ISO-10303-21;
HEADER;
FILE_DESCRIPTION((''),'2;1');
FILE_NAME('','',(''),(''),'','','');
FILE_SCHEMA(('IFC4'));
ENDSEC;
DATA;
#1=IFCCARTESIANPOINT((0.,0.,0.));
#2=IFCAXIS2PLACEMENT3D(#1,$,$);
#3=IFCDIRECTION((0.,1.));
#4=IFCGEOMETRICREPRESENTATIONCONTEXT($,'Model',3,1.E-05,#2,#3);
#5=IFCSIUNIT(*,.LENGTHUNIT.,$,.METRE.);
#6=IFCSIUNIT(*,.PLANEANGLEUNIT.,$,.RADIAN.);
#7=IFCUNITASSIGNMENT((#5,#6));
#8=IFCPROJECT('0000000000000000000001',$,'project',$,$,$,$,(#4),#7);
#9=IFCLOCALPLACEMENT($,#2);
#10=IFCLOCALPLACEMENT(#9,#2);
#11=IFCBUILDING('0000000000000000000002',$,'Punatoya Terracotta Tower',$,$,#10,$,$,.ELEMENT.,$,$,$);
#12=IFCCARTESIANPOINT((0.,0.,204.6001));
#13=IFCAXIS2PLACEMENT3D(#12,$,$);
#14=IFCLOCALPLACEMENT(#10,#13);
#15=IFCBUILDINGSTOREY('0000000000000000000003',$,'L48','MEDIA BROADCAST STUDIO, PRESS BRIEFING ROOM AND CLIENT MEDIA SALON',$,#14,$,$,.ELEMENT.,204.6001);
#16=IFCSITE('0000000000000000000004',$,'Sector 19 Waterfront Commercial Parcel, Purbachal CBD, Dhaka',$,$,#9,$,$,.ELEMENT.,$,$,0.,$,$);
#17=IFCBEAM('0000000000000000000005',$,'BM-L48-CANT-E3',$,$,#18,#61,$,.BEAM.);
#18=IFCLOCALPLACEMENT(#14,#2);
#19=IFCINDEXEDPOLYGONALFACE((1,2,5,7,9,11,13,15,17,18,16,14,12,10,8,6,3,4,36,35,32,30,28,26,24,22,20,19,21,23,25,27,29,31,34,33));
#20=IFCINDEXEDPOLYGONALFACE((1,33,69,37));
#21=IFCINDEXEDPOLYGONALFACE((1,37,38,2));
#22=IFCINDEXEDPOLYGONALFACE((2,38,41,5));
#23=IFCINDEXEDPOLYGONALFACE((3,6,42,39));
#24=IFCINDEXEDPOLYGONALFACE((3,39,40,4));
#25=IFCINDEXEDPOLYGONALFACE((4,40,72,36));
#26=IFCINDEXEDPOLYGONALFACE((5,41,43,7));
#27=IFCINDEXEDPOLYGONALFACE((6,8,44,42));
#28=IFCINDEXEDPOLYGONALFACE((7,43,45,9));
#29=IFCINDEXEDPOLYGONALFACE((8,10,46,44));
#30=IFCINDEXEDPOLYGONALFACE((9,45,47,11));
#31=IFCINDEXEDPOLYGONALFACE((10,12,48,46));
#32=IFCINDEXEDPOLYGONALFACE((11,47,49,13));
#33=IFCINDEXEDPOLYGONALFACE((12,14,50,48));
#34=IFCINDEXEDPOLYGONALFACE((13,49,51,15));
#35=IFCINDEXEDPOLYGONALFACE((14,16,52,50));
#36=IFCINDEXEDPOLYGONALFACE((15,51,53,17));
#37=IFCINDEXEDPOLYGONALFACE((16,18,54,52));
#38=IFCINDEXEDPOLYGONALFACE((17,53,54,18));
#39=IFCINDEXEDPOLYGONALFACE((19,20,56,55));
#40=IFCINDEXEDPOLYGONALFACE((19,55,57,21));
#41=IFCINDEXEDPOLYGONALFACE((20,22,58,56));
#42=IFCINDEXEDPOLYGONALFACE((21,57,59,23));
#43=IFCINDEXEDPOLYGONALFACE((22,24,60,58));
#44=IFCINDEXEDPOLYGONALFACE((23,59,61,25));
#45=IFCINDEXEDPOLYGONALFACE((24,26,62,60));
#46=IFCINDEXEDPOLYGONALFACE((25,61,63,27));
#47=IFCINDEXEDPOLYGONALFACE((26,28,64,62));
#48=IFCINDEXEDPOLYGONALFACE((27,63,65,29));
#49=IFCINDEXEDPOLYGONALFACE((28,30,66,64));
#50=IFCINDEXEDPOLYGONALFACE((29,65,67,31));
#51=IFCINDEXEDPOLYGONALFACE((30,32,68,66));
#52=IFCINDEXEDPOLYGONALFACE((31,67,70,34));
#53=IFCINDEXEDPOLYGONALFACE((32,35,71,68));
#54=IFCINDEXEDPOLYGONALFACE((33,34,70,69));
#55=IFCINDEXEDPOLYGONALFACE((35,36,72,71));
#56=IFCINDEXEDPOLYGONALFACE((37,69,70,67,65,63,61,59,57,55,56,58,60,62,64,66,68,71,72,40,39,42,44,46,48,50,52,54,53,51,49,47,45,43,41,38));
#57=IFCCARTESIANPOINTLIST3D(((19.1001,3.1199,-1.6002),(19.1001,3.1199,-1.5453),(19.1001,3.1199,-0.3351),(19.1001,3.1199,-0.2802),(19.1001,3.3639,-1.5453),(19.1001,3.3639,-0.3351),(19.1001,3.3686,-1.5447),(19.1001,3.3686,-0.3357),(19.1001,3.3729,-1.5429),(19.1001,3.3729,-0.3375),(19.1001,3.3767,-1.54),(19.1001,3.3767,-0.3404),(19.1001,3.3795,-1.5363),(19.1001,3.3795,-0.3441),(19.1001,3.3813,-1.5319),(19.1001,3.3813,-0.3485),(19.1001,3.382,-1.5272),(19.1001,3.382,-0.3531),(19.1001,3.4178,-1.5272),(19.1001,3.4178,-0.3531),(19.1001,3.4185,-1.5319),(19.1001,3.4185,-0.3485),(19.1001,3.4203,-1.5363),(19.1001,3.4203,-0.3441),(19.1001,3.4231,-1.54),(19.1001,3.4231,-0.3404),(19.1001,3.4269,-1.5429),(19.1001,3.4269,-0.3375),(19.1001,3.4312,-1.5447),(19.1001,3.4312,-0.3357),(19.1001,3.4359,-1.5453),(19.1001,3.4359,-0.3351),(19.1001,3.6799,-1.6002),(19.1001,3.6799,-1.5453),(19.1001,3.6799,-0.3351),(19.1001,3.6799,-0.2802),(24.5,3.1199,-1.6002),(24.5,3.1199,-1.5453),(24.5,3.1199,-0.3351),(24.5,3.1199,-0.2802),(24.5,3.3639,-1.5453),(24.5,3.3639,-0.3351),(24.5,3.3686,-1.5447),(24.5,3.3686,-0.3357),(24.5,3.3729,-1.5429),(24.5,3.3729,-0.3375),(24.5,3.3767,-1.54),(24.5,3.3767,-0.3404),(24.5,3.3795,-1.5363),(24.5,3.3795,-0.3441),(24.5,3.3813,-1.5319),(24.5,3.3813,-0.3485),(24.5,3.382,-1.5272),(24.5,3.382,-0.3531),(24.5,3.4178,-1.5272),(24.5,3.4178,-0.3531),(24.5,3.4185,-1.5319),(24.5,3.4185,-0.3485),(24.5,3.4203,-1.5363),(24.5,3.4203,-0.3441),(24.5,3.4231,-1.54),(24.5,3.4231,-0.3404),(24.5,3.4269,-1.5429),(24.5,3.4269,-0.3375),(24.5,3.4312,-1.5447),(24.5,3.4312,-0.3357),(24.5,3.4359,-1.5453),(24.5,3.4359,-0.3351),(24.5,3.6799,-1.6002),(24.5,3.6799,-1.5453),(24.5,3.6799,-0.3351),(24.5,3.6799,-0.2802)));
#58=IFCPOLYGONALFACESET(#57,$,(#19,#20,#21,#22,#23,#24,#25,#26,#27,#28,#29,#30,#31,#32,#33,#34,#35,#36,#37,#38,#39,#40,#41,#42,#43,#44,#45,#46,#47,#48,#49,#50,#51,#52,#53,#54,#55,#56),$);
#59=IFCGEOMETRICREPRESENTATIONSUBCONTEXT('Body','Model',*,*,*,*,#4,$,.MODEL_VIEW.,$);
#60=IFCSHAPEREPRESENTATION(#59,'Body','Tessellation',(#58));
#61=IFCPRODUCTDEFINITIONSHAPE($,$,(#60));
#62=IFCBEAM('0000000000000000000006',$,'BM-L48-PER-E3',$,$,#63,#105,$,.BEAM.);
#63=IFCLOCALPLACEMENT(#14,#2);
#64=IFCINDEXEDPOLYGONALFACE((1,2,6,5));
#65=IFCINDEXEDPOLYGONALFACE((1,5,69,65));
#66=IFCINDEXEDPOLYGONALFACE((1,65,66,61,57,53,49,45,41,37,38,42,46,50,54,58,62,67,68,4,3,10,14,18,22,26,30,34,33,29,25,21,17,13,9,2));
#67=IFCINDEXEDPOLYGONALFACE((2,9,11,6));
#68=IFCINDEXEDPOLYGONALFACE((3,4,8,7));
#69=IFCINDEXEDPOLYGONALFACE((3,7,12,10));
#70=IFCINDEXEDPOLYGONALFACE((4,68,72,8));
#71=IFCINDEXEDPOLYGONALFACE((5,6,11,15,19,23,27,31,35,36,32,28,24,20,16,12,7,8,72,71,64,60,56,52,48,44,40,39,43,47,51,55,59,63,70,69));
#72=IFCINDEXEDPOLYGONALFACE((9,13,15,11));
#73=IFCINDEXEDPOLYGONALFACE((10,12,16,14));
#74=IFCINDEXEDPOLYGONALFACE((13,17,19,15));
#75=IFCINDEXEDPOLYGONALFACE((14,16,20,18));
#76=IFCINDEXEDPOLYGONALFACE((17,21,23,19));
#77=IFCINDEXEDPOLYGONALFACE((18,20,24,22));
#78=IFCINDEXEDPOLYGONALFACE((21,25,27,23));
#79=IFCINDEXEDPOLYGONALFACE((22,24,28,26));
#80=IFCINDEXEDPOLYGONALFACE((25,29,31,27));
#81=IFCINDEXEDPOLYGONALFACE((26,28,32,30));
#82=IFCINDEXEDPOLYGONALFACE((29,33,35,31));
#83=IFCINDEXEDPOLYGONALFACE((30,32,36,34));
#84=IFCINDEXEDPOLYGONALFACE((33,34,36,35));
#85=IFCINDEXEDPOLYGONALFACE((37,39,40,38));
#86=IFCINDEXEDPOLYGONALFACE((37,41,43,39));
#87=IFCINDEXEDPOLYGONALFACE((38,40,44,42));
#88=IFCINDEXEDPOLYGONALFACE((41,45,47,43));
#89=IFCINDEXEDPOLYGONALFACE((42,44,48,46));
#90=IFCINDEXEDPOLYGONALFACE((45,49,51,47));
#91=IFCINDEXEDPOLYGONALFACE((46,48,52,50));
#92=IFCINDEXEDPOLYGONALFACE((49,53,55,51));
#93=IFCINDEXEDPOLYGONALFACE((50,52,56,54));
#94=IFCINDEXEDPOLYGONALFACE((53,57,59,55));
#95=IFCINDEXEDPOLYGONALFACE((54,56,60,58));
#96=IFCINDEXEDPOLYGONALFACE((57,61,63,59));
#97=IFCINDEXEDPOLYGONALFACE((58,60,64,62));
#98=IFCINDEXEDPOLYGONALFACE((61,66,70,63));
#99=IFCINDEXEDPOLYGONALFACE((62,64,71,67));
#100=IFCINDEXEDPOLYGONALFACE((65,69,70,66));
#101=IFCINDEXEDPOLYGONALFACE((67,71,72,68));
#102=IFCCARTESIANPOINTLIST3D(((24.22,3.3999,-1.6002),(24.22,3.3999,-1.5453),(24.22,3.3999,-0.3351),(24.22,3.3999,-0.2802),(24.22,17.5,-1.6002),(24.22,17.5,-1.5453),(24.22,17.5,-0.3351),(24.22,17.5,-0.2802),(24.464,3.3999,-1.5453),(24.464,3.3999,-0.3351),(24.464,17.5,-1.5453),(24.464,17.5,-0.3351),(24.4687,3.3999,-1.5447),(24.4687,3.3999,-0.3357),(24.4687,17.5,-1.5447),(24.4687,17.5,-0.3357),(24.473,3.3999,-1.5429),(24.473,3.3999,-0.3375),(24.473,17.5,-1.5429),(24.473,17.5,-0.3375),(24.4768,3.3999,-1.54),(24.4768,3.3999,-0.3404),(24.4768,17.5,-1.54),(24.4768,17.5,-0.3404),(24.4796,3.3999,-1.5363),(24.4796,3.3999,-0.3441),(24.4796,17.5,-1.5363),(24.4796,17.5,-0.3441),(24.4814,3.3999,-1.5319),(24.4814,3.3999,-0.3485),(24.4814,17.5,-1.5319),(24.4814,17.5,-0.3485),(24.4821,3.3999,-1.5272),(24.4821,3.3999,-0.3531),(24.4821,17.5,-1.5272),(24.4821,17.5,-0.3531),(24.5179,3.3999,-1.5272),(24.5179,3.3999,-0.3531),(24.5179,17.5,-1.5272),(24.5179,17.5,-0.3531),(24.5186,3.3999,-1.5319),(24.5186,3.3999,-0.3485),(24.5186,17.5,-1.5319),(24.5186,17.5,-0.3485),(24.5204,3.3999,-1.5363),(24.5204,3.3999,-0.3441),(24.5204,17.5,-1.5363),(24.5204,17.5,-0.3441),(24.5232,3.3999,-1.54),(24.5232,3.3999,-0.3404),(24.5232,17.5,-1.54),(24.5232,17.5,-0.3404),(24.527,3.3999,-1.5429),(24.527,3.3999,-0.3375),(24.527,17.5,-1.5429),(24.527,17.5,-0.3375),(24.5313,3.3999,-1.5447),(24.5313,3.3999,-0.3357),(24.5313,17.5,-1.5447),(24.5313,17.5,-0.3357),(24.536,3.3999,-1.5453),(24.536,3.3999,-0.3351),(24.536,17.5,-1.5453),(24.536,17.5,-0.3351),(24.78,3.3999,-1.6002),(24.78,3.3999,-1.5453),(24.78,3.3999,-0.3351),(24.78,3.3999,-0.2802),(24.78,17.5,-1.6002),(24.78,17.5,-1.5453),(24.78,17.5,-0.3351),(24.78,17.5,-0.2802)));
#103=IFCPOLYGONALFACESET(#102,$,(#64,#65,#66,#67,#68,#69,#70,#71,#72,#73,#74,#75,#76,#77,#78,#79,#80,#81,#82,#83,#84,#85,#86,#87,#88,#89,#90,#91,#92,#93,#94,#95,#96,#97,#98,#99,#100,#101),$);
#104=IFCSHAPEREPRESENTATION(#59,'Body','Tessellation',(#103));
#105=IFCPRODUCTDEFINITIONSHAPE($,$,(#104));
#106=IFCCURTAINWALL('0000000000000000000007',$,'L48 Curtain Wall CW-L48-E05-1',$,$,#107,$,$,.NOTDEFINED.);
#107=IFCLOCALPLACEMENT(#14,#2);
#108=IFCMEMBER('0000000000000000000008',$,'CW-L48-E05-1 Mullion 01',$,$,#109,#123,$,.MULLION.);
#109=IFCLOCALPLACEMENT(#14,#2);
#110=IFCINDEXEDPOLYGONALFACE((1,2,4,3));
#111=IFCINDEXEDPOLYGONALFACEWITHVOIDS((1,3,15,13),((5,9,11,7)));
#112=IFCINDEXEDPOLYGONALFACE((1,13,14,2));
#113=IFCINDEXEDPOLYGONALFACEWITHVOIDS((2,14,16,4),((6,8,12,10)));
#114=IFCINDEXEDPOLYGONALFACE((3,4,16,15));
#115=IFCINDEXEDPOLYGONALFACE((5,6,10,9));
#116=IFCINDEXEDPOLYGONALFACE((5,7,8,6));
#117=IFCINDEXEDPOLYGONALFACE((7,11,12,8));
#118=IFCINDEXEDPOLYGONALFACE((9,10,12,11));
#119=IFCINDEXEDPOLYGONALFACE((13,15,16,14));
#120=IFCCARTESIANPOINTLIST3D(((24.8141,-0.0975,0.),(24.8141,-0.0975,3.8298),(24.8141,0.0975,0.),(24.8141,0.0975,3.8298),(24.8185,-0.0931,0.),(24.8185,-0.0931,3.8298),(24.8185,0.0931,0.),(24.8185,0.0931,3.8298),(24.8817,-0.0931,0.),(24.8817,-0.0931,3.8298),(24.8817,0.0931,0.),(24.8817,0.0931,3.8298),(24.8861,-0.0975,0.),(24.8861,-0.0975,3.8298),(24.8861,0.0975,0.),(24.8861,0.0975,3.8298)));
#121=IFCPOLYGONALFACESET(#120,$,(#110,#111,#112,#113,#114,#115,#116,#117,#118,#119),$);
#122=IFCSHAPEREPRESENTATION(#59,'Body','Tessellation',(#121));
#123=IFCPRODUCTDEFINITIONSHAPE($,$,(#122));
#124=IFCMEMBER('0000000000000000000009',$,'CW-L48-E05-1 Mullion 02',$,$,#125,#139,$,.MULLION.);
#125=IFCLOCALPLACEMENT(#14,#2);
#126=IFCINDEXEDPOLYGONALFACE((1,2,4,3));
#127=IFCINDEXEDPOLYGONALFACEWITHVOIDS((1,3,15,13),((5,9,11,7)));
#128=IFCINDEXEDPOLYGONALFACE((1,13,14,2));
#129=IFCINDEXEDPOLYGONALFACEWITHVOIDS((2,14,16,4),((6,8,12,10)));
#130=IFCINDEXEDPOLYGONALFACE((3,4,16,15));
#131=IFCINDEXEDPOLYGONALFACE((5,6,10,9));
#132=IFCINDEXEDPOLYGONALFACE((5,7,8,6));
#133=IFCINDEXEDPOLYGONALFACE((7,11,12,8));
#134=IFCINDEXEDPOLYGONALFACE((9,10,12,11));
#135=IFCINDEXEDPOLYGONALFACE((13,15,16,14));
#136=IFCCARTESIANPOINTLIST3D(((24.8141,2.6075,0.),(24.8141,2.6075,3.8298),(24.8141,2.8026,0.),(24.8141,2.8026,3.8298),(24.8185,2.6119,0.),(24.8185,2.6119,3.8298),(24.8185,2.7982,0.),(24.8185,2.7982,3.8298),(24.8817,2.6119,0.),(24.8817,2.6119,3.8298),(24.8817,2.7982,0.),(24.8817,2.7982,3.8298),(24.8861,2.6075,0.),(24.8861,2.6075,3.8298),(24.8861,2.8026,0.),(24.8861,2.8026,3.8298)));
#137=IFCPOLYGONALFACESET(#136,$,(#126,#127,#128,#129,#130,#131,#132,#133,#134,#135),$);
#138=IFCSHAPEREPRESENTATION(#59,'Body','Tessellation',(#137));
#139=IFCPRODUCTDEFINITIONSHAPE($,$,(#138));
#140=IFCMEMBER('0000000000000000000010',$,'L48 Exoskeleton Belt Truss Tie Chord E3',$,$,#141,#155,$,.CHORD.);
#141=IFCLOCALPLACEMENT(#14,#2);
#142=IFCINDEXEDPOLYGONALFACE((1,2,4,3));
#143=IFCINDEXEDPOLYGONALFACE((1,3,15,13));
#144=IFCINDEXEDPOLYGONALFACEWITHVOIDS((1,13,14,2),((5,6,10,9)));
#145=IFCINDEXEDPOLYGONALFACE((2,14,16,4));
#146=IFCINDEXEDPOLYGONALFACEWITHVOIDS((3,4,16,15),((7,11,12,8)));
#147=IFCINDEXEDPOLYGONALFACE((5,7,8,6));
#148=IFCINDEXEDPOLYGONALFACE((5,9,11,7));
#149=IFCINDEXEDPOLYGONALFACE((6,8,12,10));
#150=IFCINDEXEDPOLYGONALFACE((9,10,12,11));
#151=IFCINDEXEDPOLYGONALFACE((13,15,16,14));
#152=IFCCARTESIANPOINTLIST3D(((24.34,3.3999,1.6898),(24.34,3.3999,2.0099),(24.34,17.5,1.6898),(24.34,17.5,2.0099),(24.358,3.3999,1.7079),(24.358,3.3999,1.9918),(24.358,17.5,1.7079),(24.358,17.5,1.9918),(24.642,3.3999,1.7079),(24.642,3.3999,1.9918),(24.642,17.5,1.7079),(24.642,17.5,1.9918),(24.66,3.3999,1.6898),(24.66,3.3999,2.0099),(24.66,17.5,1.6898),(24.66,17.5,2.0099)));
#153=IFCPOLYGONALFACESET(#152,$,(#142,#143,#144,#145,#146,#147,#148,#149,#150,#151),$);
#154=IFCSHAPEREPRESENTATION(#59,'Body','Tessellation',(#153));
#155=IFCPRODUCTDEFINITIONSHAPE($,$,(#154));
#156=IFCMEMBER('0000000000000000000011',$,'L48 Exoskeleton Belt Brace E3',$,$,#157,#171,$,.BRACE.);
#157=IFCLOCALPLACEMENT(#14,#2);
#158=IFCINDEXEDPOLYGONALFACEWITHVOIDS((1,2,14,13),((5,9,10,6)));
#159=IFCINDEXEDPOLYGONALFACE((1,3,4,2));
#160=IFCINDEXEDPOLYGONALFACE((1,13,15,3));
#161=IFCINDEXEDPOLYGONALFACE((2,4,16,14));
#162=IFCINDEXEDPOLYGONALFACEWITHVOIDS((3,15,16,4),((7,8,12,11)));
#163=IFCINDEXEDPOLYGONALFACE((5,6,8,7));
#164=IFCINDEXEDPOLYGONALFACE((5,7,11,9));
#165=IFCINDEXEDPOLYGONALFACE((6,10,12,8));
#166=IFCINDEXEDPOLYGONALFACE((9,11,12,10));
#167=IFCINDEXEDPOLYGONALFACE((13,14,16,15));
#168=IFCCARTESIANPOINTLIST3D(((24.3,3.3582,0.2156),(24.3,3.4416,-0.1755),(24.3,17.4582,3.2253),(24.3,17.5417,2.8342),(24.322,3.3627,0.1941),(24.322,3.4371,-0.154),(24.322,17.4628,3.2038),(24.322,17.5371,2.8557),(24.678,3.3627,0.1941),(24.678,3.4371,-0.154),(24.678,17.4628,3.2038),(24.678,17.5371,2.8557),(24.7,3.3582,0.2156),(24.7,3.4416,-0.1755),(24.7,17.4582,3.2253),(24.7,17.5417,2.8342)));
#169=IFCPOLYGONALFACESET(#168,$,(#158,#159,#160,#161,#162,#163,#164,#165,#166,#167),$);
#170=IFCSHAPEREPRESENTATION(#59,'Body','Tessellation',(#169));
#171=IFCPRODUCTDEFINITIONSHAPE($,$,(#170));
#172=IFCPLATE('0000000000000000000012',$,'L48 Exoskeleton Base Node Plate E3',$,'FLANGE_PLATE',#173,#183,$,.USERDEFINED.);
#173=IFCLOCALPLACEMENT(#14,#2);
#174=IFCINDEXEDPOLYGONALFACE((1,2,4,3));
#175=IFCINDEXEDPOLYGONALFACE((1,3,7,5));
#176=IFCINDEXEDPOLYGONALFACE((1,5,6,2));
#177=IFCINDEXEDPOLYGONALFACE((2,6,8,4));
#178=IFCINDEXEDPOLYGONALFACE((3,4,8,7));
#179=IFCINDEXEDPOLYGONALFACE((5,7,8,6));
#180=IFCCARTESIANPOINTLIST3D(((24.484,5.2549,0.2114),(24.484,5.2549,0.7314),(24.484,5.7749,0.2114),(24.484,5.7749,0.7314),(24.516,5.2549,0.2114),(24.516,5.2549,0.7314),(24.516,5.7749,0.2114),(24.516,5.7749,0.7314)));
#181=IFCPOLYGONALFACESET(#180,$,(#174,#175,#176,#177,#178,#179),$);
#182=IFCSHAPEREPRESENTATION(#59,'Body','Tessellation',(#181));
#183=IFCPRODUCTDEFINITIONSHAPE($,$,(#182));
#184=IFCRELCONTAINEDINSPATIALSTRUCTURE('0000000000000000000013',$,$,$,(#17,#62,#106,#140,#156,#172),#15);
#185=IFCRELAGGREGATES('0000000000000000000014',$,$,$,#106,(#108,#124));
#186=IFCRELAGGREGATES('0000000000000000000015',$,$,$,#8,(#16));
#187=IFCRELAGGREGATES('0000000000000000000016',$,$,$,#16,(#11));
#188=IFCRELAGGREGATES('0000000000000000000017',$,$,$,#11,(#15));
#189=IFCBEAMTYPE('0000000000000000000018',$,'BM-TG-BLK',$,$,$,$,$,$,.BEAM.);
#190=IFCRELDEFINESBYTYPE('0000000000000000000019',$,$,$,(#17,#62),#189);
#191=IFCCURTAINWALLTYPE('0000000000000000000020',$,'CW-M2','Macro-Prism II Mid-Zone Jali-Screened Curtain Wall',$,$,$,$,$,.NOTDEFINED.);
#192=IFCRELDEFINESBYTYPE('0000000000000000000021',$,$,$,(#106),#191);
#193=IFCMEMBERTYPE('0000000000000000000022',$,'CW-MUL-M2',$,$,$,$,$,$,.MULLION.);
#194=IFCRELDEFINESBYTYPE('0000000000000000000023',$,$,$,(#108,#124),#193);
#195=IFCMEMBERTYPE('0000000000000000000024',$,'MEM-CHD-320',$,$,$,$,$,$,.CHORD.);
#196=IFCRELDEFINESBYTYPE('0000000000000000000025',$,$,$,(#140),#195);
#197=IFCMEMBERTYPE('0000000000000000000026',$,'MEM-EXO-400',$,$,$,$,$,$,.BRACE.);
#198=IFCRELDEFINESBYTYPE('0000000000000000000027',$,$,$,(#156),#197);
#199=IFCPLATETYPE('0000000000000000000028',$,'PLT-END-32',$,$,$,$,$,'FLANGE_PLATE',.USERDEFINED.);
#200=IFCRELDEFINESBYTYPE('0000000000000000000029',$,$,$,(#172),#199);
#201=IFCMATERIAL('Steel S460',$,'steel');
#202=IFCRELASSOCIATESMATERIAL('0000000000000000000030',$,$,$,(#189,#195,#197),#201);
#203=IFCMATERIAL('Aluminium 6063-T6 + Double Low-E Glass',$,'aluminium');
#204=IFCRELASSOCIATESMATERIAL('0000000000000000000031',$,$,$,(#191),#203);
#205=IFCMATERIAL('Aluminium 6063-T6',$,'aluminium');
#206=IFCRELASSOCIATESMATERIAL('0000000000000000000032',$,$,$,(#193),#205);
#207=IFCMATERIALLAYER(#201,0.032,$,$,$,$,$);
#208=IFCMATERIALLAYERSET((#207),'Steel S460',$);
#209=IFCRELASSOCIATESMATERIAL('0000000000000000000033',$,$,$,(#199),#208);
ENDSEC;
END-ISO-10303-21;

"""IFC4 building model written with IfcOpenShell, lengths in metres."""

from ifc_helpers import new_model, si_unit, direction, frame, origin, origin_2d, place, context, subcontext, project, spatial, rectangle, hollow_rectangle, i_section, extrude, material, layer, layer_set, material_profile, profile_set, type_object, element, aggregate, save


model = new_model("IFC4")

# Units and contexts
model_context = context("Model", 3, precision=1e-05, world=origin(), true_north=direction((0.0, 1.0)))
body_context = subcontext(model_context, "Body", "Model", "MODEL_VIEW")
ifc_project = project(units=[si_unit("LENGTHUNIT", "METRE"), si_unit("PLANEANGLEUNIT", "RADIAN")], contexts=[model_context])

# Site, building, storey
site_placement = place(None, origin())
site = spatial("IfcSite", under=ifc_project, at=site_placement, Name="Sector 19 Waterfront Commercial Parcel, Purbachal CBD, Dhaka", CompositionType="ELEMENT", RefElevation=0.0)
building_placement = place(site_placement, origin())
building = spatial("IfcBuilding", under=site, at=building_placement, Name="Punatoya Terracotta Tower", CompositionType="ELEMENT")
storey_placement = place(building_placement, frame((0.0, 0.0, 204.6001)))
storey = spatial("IfcBuildingStorey", under=building, at=storey_placement, Name="L48", Description="MEDIA BROADCAST STUDIO, PRESS BRIEFING ROOM AND CLIENT MEDIA SALON", CompositionType="ELEMENT", Elevation=204.6001)

# Shared definitions
ifc_material_1 = material(Name="Steel S460", Category="steel")

# Beams
ifc_material_profile_1 = material_profile(ifc_material_1, i_section(OverallWidth=0.5601, OverallDepth=1.3201, WebThickness=0.0359, FlangeThickness=0.0549, FilletRadius=0.0181, at=origin_2d()))
ifc_profile_set_1 = profile_set([ifc_material_profile_1], Name="Steel S460")
beam_type = type_object("IfcBeamType", Name="BM-TG-BLK", PredefinedType="BEAM", material=ifc_profile_set_1)
beam_1_placement = place(storey_placement, frame((19.1001, 3.3999, -0.9402), z_axis=(1.0, 0.0, 0.0), x_axis=(0.0, 1.0, 0.0)))
element("IfcBeam", 1, at=beam_1_placement, inside=storey, type_object=beam_type, Name="BM-L48-CANT-E3", PredefinedType="BEAM", context=body_context, shape_type="SweptSolid", body=[
    extrude(i_section(OverallWidth=0.5601, OverallDepth=1.3201, WebThickness=0.0359, FlangeThickness=0.0549, FilletRadius=0.0181, at=origin_2d()), origin(), (0.0, 0.0, 1.0), 5.3999),
])
beam_2_placement = place(storey_placement, frame((24.5, 3.3999, -0.9402), z_axis=(0.0, 1.0, 0.0), x_axis=(-1.0, 0.0, 0.0)))
element("IfcBeam", 2, at=beam_2_placement, inside=storey, type_object=beam_type, Name="BM-L48-PER-E3", PredefinedType="BEAM", context=body_context, shape_type="SweptSolid", body=[
    extrude(i_section(OverallWidth=0.5601, OverallDepth=1.3201, WebThickness=0.0359, FlangeThickness=0.0549, FilletRadius=0.0181, at=origin_2d()), origin(), (0.0, 0.0, 1.0), 14.1001),
])

# Curtain wall, members
ifc_material_2 = material(Name="Aluminium 6063-T6 + Double Low-E Glass", Category="aluminium")
curtain_wall_type = type_object("IfcCurtainWallType", Name="CW-M2", Description="Macro-Prism II Mid-Zone Jali-Screened Curtain Wall", PredefinedType="NOTDEFINED", material=ifc_material_2)
curtain_wall_placement = place(storey_placement, origin())
curtain_wall = element("IfcCurtainWall", 3, at=curtain_wall_placement, inside=storey, type_object=curtain_wall_type, Name="L48 Curtain Wall CW-L48-E05-1", PredefinedType="NOTDEFINED")
ifc_material_3 = material(Name="Aluminium 6063-T6", Category="aluminium")
ifc_material_profile_2 = material_profile(ifc_material_3, hollow_rectangle(XDim=0.072, YDim=0.1951, WallThickness=0.0044, at=origin_2d()))
ifc_profile_set_2 = profile_set([ifc_material_profile_2], Name="Aluminium 6063-T6")
member_type_1 = type_object("IfcMemberType", Name="CW-MUL-M2", PredefinedType="MULLION", material=ifc_profile_set_2)
member_1_placement = place(storey_placement, frame((24.8501, 0.0, 0.0), z_axis=(0.0, 0.0, 1.0), x_axis=(1.0, 0.0, 0.0)))
member_1 = element("IfcMember", 4, at=member_1_placement, type_object=member_type_1, Name="CW-L48-E05-1 Mullion 01", PredefinedType="MULLION", context=body_context, shape_type="SweptSolid", body=[
    extrude(hollow_rectangle(XDim=0.072, YDim=0.1951, WallThickness=0.0044, at=origin_2d()), origin(), (0.0, 0.0, 1.0), 3.8298),
])
member_2_placement = place(storey_placement, frame((24.8501, 2.7051, 0.0), z_axis=(0.0, 0.0, 1.0), x_axis=(1.0, 0.0, 0.0)))
member_2 = element("IfcMember", 5, at=member_2_placement, type_object=member_type_1, Name="CW-L48-E05-1 Mullion 02", PredefinedType="MULLION", context=body_context, shape_type="SweptSolid", body=[
    extrude(hollow_rectangle(XDim=0.072, YDim=0.1951, WallThickness=0.0044, at=origin_2d()), origin(), (0.0, 0.0, 1.0), 3.8298),
])

# Members
ifc_material_profile_3 = material_profile(ifc_material_1, hollow_rectangle(XDim=0.3201, YDim=0.3201, WallThickness=0.0181, at=origin_2d()))
ifc_profile_set_3 = profile_set([ifc_material_profile_3], Name="Steel S460")
member_type_2 = type_object("IfcMemberType", Name="MEM-CHD-320", PredefinedType="CHORD", material=ifc_profile_set_3)
member_3_placement = place(storey_placement, frame((24.5, 3.3999, 1.8499), z_axis=(0.0, 1.0, 0.0), x_axis=(-1.0, 0.0, 0.0)))
element("IfcMember", 6, at=member_3_placement, inside=storey, type_object=member_type_2, Name="L48 Exoskeleton Belt Truss Tie Chord E3", PredefinedType="CHORD", context=body_context, shape_type="SweptSolid", body=[
    extrude(hollow_rectangle(XDim=0.3201, YDim=0.3201, WallThickness=0.0181, at=origin_2d()), origin(), (0.0, 0.0, 1.0), 14.1001),
])
ifc_material_profile_4 = material_profile(ifc_material_1, hollow_rectangle(XDim=0.3999, YDim=0.3999, WallThickness=0.022, at=origin_2d()))
ifc_profile_set_4 = profile_set([ifc_material_profile_4], Name="Steel S460")
member_type_3 = type_object("IfcMemberType", Name="MEM-EXO-400", PredefinedType="BRACE", material=ifc_profile_set_4)
member_4_placement = place(storey_placement, frame((24.5, 3.3999, 0.02), z_axis=(0.0, 0.977968, 0.208754), x_axis=(-1.0, 0.0, 0.0)))
element("IfcMember", 7, at=member_4_placement, inside=storey, type_object=member_type_3, Name="L48 Exoskeleton Belt Brace E3", PredefinedType="BRACE", context=body_context, shape_type="SweptSolid", body=[
    extrude(hollow_rectangle(XDim=0.3999, YDim=0.3999, WallThickness=0.022, at=origin_2d()), origin(), (0.0, 0.0, 1.0), 14.4177),
])

# Plate
ifc_layer_1 = layer(ifc_material_1, 0.032)
ifc_layer_set_1 = layer_set([ifc_layer_1], Name="Steel S460")
plate_type_1 = type_object("IfcPlateType", Name="PLT-END-32", ElementType="FLANGE_PLATE", PredefinedType="USERDEFINED", material=ifc_layer_set_1)
plate_1_placement = place(storey_placement, frame((24.5, 5.5149, 0.2114), z_axis=(0.0, 0.0, 1.0), x_axis=(0.0, 1.0, 0.0)))
element("IfcPlate", 8, at=plate_1_placement, inside=storey, type_object=plate_type_1, Name="L48 Exoskeleton Base Node Plate E3", ObjectType="FLANGE_PLATE", PredefinedType="USERDEFINED", context=body_context, shape_type="SweptSolid", body=[
    extrude(rectangle(XDim=0.52, YDim=0.032, at=origin_2d()), origin(), (0.0, 0.0, 1.0), 0.52),
])
aggregate(curtain_wall, [member_1, member_2])

save(model, "model.ifc")
